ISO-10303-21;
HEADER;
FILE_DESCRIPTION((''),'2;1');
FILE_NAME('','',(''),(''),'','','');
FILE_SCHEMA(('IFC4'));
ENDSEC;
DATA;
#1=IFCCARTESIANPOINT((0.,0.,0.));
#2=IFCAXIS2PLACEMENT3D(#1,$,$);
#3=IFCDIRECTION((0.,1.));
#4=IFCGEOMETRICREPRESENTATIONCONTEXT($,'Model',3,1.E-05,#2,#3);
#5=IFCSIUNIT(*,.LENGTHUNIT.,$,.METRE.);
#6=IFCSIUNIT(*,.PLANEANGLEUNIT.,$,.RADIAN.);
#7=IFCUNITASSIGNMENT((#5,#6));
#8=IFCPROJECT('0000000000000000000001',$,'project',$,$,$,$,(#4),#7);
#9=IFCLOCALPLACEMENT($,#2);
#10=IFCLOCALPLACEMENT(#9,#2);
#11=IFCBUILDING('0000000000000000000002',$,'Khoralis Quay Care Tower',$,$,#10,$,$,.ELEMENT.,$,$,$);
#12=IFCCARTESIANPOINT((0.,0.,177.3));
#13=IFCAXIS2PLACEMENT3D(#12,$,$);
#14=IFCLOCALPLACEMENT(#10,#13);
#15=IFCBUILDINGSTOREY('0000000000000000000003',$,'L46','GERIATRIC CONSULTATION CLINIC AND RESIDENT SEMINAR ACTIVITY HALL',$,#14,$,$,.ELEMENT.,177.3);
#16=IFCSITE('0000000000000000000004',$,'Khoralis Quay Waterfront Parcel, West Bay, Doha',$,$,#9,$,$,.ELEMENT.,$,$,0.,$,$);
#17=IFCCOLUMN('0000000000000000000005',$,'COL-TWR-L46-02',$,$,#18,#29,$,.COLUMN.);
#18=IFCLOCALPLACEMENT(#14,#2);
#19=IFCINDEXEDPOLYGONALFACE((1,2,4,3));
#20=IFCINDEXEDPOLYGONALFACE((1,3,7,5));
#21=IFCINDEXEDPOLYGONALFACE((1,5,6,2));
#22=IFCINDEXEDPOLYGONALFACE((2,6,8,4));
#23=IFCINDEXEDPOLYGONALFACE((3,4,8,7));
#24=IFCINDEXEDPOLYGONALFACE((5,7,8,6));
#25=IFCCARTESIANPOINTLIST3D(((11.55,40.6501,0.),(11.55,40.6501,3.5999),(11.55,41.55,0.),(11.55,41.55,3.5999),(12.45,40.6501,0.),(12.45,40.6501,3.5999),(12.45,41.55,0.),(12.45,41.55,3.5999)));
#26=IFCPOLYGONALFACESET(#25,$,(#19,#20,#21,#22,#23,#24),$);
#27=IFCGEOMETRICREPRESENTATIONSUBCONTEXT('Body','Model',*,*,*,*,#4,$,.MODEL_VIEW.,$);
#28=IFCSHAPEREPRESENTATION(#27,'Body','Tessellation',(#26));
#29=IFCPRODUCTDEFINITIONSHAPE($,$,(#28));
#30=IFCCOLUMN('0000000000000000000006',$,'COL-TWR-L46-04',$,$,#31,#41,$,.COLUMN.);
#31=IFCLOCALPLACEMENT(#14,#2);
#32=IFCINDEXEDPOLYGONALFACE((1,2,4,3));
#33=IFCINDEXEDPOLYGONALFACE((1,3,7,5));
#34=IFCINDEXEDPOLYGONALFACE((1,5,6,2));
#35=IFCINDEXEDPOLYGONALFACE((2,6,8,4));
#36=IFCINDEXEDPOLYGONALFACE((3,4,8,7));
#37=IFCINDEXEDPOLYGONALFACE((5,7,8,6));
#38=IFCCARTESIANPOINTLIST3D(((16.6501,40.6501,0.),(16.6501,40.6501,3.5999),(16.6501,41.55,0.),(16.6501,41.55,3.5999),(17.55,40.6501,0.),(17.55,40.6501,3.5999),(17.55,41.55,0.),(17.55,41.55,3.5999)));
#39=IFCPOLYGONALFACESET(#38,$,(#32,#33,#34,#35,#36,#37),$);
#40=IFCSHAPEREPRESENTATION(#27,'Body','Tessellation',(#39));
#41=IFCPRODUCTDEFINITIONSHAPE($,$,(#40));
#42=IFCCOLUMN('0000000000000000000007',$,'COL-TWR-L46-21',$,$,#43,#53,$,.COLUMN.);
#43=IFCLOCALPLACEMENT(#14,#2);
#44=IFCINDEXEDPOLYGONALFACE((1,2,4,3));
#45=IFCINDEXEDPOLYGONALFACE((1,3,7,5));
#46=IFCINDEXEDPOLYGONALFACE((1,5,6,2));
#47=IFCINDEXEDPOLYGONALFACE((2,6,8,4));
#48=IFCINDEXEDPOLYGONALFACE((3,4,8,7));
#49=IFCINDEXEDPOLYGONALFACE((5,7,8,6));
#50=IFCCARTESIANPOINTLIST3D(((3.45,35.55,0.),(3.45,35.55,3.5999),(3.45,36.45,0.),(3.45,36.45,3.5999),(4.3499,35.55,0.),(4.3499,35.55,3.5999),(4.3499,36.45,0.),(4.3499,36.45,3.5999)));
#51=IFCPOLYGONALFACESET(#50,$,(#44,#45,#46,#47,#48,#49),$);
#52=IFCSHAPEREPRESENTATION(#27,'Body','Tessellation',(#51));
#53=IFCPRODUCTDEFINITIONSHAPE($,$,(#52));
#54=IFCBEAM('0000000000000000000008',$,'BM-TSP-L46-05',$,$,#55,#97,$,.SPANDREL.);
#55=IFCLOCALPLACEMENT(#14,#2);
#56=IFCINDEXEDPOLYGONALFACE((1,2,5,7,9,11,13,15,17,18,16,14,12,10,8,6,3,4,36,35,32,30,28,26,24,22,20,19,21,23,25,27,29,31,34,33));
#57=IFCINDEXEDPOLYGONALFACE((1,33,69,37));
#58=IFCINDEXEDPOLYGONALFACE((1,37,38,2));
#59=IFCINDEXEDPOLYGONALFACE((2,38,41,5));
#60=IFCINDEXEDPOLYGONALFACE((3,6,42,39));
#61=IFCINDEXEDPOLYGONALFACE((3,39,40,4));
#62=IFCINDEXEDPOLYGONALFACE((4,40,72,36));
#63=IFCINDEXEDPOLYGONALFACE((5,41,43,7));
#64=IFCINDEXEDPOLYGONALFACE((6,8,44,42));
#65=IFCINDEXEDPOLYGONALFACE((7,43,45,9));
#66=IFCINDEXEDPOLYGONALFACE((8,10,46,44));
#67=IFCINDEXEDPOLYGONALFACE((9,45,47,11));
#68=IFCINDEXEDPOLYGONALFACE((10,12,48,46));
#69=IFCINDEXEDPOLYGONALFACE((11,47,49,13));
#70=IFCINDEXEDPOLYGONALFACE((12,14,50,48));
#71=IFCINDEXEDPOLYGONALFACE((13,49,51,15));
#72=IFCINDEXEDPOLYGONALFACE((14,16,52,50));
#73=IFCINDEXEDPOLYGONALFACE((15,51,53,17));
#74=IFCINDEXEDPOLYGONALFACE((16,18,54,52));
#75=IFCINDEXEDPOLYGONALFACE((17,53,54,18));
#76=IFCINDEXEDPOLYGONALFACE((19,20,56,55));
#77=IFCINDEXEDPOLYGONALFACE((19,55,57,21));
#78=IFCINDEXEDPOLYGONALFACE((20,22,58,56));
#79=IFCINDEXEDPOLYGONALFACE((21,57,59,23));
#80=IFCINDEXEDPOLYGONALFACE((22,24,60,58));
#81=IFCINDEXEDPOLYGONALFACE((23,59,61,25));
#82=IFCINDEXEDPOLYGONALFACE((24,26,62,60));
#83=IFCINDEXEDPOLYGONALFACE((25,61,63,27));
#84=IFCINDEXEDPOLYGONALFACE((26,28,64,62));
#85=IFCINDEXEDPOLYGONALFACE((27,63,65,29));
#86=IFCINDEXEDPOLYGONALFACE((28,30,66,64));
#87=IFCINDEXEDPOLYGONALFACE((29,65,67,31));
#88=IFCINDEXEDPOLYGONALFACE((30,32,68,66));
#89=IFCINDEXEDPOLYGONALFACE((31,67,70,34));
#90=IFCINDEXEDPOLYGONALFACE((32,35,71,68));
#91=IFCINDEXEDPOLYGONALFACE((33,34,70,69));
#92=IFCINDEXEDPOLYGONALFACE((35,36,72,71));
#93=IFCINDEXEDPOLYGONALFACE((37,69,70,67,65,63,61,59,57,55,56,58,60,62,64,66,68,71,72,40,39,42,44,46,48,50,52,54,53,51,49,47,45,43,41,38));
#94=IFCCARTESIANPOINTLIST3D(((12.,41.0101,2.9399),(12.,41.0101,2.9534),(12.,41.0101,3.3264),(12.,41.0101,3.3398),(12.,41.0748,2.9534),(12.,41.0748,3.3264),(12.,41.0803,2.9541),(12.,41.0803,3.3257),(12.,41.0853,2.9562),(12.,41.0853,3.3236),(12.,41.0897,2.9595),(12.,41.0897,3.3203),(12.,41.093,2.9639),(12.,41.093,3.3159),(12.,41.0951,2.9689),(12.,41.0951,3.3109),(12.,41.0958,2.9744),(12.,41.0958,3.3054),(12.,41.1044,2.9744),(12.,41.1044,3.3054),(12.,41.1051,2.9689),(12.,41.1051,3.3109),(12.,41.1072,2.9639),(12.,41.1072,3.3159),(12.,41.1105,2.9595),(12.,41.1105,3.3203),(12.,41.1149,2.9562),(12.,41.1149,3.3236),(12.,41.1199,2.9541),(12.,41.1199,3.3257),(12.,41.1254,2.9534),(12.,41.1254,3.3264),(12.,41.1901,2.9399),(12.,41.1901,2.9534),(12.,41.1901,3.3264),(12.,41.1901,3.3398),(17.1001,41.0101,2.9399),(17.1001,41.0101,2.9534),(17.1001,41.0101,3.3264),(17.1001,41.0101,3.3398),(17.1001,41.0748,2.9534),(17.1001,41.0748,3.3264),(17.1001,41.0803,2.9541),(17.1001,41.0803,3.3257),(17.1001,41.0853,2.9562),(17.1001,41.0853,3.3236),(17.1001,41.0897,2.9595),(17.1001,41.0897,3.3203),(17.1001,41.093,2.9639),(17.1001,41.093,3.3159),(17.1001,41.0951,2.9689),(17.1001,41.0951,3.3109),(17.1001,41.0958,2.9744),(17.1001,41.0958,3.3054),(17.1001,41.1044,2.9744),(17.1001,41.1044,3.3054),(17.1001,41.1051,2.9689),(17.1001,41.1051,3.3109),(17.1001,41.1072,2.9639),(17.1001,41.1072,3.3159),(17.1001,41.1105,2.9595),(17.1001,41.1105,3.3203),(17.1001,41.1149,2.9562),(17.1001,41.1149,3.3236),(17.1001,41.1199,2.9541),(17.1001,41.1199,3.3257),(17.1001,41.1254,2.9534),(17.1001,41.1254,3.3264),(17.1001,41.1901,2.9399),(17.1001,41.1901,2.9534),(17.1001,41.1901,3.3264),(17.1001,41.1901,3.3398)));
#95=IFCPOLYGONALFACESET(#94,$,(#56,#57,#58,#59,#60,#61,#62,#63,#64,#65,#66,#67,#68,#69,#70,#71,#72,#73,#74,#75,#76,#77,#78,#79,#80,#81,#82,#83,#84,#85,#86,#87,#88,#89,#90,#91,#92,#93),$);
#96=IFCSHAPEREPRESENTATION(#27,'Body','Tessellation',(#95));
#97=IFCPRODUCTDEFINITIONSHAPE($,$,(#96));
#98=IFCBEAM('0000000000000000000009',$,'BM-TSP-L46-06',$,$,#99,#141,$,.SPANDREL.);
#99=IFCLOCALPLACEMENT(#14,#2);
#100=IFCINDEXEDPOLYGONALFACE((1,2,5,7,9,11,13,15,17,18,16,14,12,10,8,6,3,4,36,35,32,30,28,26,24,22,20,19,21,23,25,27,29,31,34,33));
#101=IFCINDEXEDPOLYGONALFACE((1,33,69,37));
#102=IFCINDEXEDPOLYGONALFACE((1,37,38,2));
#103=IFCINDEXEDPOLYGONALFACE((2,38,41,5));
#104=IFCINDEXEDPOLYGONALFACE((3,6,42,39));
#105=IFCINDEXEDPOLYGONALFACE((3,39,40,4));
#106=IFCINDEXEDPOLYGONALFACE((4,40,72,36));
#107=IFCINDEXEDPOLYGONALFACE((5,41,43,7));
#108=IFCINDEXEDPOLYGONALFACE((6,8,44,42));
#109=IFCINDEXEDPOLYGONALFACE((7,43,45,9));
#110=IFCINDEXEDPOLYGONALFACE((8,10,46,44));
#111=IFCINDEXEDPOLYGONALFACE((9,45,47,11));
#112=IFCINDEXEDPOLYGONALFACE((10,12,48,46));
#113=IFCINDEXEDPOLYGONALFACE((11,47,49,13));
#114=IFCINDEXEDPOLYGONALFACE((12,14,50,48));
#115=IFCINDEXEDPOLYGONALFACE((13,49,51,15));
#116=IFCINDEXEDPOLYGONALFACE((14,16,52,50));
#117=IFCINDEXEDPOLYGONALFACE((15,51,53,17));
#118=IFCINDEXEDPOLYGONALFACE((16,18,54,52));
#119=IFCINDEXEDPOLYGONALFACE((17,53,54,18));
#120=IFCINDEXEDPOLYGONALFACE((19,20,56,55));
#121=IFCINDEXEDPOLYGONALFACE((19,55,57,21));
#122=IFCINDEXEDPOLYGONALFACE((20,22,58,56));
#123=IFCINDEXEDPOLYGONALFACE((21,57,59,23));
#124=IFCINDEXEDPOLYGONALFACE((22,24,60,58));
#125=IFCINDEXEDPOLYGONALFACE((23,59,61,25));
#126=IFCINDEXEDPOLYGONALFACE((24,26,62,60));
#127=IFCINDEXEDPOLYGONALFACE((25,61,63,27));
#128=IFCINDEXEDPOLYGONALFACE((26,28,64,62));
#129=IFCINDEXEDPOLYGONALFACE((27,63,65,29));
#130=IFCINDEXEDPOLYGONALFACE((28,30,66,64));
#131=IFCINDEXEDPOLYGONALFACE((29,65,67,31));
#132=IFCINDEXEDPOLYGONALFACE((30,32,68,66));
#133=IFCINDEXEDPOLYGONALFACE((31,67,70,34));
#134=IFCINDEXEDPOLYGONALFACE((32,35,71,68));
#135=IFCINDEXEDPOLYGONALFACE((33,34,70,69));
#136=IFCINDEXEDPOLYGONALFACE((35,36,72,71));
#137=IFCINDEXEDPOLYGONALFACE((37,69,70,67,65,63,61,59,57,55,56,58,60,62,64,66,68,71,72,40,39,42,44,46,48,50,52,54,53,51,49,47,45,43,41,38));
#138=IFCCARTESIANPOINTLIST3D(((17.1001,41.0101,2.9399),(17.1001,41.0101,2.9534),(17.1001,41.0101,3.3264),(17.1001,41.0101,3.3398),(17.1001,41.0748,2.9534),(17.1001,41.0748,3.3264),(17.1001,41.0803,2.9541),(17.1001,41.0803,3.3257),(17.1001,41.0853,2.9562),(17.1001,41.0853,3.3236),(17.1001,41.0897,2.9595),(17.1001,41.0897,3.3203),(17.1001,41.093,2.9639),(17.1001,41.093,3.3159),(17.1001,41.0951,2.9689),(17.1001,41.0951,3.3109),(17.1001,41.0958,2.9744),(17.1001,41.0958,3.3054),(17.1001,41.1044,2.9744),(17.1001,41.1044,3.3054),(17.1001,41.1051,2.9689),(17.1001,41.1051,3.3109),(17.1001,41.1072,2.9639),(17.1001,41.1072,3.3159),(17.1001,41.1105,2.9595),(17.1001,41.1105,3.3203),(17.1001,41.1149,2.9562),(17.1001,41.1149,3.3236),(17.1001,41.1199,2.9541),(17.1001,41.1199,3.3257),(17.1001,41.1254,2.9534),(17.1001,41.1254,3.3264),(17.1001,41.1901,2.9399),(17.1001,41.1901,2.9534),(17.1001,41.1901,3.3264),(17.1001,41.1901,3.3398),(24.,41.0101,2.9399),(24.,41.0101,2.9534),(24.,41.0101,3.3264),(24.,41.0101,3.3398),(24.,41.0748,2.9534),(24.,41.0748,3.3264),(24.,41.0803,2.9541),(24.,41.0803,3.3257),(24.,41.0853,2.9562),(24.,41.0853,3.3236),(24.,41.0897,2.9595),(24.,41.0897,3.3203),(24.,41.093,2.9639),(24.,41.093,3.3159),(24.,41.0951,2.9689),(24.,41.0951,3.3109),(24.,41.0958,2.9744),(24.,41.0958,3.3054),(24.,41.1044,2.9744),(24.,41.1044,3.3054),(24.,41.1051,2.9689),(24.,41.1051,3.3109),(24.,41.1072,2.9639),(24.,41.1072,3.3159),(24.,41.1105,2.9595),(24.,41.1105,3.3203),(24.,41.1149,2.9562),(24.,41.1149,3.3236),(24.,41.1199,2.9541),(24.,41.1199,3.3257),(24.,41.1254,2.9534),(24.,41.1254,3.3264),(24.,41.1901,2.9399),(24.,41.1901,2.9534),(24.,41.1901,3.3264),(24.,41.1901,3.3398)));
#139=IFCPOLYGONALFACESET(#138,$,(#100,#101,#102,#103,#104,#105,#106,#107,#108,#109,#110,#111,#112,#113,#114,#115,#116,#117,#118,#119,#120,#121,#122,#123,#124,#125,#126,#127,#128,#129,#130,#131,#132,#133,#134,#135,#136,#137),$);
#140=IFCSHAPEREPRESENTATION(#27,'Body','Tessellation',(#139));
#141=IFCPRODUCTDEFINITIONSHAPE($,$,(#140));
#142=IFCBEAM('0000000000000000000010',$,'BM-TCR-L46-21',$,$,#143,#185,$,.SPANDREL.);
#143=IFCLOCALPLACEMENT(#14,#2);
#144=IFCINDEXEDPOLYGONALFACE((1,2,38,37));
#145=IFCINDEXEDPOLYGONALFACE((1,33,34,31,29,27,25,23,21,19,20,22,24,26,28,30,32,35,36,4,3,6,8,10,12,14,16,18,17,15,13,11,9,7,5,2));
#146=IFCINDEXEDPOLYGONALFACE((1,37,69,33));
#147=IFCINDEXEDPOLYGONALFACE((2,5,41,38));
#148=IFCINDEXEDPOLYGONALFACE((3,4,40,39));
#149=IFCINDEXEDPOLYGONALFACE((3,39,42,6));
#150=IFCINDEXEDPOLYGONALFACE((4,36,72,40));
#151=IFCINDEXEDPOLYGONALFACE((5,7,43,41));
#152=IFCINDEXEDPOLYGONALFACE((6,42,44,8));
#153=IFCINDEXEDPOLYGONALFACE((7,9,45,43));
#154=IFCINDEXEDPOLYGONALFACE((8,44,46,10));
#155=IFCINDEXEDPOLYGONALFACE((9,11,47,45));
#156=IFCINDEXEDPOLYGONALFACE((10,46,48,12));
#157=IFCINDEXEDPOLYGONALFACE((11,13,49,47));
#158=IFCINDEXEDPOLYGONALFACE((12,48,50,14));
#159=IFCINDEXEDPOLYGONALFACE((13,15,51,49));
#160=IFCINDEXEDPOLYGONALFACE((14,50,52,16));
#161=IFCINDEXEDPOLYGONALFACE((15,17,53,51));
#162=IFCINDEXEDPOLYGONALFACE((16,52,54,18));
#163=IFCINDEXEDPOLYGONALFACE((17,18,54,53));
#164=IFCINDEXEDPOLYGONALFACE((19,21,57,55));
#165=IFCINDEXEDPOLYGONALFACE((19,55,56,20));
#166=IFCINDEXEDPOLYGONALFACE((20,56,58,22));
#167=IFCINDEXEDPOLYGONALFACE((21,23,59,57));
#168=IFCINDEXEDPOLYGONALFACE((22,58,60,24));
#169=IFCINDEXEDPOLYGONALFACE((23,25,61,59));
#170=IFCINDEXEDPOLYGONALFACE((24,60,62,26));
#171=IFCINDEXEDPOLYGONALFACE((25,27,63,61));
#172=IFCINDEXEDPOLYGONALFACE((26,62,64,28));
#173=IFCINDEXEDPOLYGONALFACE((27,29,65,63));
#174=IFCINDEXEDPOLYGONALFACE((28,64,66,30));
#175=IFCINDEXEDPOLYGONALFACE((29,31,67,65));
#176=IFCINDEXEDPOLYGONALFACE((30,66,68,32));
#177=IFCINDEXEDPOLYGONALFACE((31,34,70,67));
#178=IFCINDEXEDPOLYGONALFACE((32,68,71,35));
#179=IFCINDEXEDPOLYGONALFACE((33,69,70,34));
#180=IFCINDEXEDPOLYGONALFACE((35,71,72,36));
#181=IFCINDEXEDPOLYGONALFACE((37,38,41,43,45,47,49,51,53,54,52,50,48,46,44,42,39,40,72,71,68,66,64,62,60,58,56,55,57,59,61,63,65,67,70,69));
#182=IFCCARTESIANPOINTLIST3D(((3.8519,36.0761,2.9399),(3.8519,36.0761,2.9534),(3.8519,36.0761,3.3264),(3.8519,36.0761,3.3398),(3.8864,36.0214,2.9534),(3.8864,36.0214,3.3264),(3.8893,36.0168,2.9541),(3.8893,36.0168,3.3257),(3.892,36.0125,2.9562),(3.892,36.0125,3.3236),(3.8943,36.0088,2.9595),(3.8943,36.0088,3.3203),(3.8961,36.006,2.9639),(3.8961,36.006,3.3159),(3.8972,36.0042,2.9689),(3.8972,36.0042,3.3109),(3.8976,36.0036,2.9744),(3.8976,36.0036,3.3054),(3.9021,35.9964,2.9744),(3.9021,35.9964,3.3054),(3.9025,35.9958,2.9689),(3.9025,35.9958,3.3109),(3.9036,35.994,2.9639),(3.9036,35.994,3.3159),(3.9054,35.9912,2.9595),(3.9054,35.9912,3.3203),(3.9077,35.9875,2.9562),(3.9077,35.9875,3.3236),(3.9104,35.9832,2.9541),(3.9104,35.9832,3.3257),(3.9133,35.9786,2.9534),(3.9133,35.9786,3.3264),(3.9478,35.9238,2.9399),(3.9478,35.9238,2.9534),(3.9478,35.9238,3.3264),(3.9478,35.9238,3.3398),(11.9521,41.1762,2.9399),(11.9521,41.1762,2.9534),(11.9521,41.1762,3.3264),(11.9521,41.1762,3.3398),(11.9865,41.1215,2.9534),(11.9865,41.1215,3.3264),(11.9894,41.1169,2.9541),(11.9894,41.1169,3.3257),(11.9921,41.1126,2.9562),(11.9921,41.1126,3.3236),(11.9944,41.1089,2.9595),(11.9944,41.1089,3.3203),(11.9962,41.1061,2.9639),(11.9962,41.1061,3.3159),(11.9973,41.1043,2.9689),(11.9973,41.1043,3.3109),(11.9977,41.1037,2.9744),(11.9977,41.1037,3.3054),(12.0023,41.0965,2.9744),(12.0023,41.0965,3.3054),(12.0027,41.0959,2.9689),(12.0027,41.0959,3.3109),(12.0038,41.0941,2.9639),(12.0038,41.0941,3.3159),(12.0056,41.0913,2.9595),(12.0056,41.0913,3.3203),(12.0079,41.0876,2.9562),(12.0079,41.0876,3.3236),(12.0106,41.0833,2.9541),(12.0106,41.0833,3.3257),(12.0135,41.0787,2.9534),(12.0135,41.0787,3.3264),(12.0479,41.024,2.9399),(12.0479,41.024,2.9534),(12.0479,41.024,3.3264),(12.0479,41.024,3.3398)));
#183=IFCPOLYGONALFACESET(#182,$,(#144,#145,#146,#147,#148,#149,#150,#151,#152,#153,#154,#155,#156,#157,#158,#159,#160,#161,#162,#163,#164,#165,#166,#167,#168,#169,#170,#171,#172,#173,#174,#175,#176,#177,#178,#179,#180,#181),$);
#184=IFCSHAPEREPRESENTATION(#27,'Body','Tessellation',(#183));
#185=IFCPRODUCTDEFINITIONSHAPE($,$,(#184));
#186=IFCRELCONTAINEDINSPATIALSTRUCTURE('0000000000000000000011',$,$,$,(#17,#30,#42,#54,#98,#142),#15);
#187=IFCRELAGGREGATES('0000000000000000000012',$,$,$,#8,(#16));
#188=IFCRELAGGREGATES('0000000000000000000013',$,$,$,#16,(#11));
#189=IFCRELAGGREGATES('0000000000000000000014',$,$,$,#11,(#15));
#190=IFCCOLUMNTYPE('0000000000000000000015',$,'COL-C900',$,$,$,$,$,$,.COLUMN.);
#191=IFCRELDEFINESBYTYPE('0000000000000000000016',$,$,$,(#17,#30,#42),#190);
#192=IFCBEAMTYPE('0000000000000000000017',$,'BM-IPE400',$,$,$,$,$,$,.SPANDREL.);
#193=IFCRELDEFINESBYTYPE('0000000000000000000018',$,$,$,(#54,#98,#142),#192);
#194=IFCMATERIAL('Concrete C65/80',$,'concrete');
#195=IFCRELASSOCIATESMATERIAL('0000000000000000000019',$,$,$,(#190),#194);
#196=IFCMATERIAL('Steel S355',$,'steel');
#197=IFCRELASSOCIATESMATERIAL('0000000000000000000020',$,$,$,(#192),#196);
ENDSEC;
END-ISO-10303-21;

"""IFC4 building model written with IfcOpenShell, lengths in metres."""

from ifc_helpers import new_model, si_unit, direction, frame, origin, origin_2d, place, context, subcontext, project, spatial, rectangle, i_section, extrude, source, transform, mapped, material, material_profile, profile_set, type_object, element, save


model = new_model("IFC4")

# Units and contexts
model_context = context("Model", 3, precision=1e-05, world=origin(), true_north=direction((0.0, 1.0)))
body_context = subcontext(model_context, "Body", "Model", "MODEL_VIEW")
ifc_project = project(units=[si_unit("LENGTHUNIT", "METRE"), si_unit("PLANEANGLEUNIT", "RADIAN")], contexts=[model_context])

# Site, building, storey
site_placement = place(None, origin())
site = spatial("IfcSite", under=ifc_project, at=site_placement, Name="Khoralis Quay Waterfront Parcel, West Bay, Doha", CompositionType="ELEMENT", RefElevation=0.0)
building_placement = place(site_placement, origin())
building = spatial("IfcBuilding", under=site, at=building_placement, Name="Khoralis Quay Care Tower", CompositionType="ELEMENT")
storey_placement = place(building_placement, frame((0.0, 0.0, 177.3)))
storey = spatial("IfcBuildingStorey", under=building, at=storey_placement, Name="L46", Description="GERIATRIC CONSULTATION CLINIC AND RESIDENT SEMINAR ACTIVITY HALL", CompositionType="ELEMENT", Elevation=177.3)

# Columns
ifc_material_1 = material(Name="Concrete C65/80", Category="concrete")
ifc_material_profile_1 = material_profile(ifc_material_1, rectangle(XDim=0.8999, YDim=0.8999, at=origin_2d()), Name="Concrete C65/80")
ifc_profile_set_1 = profile_set([ifc_material_profile_1], Name="Concrete C65/80")
column_type = type_object("IfcColumnType", Name="COL-C900", PredefinedType="COLUMN", material=ifc_profile_set_1)
shared_shape_1 = source(origin(), body_context, "Body", "SweptSolid", [
    extrude(rectangle(XDim=0.8999, YDim=0.8999, at=origin_2d()), origin(), (0.0, 0.0, 1.0), 3.5999),
])
for number, where, z_axis, x_axis, name in (
    (1, (12.0, 41.1001, 0.0), (0.0, 0.0, 1.0), (1.0, 0.0, 0.0), "COL-TWR-L46-02"),
    (2, (17.1001, 41.1001, 0.0), (0.0, 0.0, 1.0), (1.0, 0.0, 0.0), "COL-TWR-L46-04"),
    (3, (3.8999, 36.0, 0.0), (0.0, 0.0, 1.0), (1.0, 0.0, 0.0), "COL-TWR-L46-21"),
):
    element("IfcColumn", number, at=place(storey_placement, frame(where, z_axis=z_axis, x_axis=x_axis)), inside=storey, type_object=column_type, Name=name, PredefinedType="COLUMN", context=body_context, shape_type="MappedRepresentation", body=[
        mapped(shared_shape_1, transform((0.0, 0.0, 0.0), scale=1.0)),
    ])

# Beams
ifc_material_2 = material(Name="Steel S355", Category="steel")
ifc_material_profile_2 = material_profile(ifc_material_2, i_section(OverallWidth=0.1799, OverallDepth=0.3999, WebThickness=0.0085, FlangeThickness=0.0134, FilletRadius=0.021, at=origin_2d()), Name="Steel S355")
ifc_profile_set_2 = profile_set([ifc_material_profile_2], Name="Steel S355")
beam_type_1 = type_object("IfcBeamType", Name="BM-IPE400", PredefinedType="SPANDREL", material=ifc_profile_set_2)
shared_shape_2 = source(origin(), body_context, "Body", "SweptSolid", [
    extrude(i_section(OverallWidth=0.1799, OverallDepth=0.3999, WebThickness=0.0085, FlangeThickness=0.0134, FilletRadius=0.021, at=origin_2d()), origin(), (0.0, 0.0, 1.0), 5.1001),
])
beam_1_placement = place(storey_placement, frame((12.0, 41.1001, 3.1399), z_axis=(1.0, 0.0, 0.0), x_axis=(0.0, 1.0, 0.0)))
element("IfcBeam", 4, at=beam_1_placement, inside=storey, type_object=beam_type_1, Name="BM-TSP-L46-05", PredefinedType="SPANDREL", context=body_context, shape_type="MappedRepresentation", body=[
    mapped(shared_shape_2, transform((0.0, 0.0, 0.0), scale=1.0)),
])
shared_shape_3 = source(origin(), body_context, "Body", "SweptSolid", [
    extrude(i_section(OverallWidth=0.1799, OverallDepth=0.3999, WebThickness=0.0085, FlangeThickness=0.0134, FilletRadius=0.021, at=origin_2d()), origin(), (0.0, 0.0, 1.0), 6.8999),
])
beam_2_placement = place(storey_placement, frame((17.1001, 41.1001, 3.1399), z_axis=(1.0, 0.0, 0.0), x_axis=(0.0, 1.0, 0.0)))
element("IfcBeam", 5, at=beam_2_placement, inside=storey, type_object=beam_type_1, Name="BM-TSP-L46-06", PredefinedType="SPANDREL", context=body_context, shape_type="MappedRepresentation", body=[
    mapped(shared_shape_3, transform((0.0, 0.0, 0.0), scale=1.0)),
])
shared_shape_4 = source(origin(), body_context, "Body", "SweptSolid", [
    extrude(i_section(OverallWidth=0.1799, OverallDepth=0.3999, WebThickness=0.0085, FlangeThickness=0.0134, FilletRadius=0.021, at=origin_2d()), origin(), (0.0, 0.0, 1.0), 9.572),
])
beam_3_placement = place(storey_placement, frame((12.0, 41.1001, 3.1399), z_axis=(-0.846231, -0.532816, 0.0), x_axis=(0.532816, -0.846231, 0.0)))
element("IfcBeam", 6, at=beam_3_placement, inside=storey, type_object=beam_type_1, Name="BM-TCR-L46-21", PredefinedType="SPANDREL", context=body_context, shape_type="MappedRepresentation", body=[
    mapped(shared_shape_4, transform((0.0, 0.0, 0.0), scale=1.0)),
])

save(model, "model.ifc")
